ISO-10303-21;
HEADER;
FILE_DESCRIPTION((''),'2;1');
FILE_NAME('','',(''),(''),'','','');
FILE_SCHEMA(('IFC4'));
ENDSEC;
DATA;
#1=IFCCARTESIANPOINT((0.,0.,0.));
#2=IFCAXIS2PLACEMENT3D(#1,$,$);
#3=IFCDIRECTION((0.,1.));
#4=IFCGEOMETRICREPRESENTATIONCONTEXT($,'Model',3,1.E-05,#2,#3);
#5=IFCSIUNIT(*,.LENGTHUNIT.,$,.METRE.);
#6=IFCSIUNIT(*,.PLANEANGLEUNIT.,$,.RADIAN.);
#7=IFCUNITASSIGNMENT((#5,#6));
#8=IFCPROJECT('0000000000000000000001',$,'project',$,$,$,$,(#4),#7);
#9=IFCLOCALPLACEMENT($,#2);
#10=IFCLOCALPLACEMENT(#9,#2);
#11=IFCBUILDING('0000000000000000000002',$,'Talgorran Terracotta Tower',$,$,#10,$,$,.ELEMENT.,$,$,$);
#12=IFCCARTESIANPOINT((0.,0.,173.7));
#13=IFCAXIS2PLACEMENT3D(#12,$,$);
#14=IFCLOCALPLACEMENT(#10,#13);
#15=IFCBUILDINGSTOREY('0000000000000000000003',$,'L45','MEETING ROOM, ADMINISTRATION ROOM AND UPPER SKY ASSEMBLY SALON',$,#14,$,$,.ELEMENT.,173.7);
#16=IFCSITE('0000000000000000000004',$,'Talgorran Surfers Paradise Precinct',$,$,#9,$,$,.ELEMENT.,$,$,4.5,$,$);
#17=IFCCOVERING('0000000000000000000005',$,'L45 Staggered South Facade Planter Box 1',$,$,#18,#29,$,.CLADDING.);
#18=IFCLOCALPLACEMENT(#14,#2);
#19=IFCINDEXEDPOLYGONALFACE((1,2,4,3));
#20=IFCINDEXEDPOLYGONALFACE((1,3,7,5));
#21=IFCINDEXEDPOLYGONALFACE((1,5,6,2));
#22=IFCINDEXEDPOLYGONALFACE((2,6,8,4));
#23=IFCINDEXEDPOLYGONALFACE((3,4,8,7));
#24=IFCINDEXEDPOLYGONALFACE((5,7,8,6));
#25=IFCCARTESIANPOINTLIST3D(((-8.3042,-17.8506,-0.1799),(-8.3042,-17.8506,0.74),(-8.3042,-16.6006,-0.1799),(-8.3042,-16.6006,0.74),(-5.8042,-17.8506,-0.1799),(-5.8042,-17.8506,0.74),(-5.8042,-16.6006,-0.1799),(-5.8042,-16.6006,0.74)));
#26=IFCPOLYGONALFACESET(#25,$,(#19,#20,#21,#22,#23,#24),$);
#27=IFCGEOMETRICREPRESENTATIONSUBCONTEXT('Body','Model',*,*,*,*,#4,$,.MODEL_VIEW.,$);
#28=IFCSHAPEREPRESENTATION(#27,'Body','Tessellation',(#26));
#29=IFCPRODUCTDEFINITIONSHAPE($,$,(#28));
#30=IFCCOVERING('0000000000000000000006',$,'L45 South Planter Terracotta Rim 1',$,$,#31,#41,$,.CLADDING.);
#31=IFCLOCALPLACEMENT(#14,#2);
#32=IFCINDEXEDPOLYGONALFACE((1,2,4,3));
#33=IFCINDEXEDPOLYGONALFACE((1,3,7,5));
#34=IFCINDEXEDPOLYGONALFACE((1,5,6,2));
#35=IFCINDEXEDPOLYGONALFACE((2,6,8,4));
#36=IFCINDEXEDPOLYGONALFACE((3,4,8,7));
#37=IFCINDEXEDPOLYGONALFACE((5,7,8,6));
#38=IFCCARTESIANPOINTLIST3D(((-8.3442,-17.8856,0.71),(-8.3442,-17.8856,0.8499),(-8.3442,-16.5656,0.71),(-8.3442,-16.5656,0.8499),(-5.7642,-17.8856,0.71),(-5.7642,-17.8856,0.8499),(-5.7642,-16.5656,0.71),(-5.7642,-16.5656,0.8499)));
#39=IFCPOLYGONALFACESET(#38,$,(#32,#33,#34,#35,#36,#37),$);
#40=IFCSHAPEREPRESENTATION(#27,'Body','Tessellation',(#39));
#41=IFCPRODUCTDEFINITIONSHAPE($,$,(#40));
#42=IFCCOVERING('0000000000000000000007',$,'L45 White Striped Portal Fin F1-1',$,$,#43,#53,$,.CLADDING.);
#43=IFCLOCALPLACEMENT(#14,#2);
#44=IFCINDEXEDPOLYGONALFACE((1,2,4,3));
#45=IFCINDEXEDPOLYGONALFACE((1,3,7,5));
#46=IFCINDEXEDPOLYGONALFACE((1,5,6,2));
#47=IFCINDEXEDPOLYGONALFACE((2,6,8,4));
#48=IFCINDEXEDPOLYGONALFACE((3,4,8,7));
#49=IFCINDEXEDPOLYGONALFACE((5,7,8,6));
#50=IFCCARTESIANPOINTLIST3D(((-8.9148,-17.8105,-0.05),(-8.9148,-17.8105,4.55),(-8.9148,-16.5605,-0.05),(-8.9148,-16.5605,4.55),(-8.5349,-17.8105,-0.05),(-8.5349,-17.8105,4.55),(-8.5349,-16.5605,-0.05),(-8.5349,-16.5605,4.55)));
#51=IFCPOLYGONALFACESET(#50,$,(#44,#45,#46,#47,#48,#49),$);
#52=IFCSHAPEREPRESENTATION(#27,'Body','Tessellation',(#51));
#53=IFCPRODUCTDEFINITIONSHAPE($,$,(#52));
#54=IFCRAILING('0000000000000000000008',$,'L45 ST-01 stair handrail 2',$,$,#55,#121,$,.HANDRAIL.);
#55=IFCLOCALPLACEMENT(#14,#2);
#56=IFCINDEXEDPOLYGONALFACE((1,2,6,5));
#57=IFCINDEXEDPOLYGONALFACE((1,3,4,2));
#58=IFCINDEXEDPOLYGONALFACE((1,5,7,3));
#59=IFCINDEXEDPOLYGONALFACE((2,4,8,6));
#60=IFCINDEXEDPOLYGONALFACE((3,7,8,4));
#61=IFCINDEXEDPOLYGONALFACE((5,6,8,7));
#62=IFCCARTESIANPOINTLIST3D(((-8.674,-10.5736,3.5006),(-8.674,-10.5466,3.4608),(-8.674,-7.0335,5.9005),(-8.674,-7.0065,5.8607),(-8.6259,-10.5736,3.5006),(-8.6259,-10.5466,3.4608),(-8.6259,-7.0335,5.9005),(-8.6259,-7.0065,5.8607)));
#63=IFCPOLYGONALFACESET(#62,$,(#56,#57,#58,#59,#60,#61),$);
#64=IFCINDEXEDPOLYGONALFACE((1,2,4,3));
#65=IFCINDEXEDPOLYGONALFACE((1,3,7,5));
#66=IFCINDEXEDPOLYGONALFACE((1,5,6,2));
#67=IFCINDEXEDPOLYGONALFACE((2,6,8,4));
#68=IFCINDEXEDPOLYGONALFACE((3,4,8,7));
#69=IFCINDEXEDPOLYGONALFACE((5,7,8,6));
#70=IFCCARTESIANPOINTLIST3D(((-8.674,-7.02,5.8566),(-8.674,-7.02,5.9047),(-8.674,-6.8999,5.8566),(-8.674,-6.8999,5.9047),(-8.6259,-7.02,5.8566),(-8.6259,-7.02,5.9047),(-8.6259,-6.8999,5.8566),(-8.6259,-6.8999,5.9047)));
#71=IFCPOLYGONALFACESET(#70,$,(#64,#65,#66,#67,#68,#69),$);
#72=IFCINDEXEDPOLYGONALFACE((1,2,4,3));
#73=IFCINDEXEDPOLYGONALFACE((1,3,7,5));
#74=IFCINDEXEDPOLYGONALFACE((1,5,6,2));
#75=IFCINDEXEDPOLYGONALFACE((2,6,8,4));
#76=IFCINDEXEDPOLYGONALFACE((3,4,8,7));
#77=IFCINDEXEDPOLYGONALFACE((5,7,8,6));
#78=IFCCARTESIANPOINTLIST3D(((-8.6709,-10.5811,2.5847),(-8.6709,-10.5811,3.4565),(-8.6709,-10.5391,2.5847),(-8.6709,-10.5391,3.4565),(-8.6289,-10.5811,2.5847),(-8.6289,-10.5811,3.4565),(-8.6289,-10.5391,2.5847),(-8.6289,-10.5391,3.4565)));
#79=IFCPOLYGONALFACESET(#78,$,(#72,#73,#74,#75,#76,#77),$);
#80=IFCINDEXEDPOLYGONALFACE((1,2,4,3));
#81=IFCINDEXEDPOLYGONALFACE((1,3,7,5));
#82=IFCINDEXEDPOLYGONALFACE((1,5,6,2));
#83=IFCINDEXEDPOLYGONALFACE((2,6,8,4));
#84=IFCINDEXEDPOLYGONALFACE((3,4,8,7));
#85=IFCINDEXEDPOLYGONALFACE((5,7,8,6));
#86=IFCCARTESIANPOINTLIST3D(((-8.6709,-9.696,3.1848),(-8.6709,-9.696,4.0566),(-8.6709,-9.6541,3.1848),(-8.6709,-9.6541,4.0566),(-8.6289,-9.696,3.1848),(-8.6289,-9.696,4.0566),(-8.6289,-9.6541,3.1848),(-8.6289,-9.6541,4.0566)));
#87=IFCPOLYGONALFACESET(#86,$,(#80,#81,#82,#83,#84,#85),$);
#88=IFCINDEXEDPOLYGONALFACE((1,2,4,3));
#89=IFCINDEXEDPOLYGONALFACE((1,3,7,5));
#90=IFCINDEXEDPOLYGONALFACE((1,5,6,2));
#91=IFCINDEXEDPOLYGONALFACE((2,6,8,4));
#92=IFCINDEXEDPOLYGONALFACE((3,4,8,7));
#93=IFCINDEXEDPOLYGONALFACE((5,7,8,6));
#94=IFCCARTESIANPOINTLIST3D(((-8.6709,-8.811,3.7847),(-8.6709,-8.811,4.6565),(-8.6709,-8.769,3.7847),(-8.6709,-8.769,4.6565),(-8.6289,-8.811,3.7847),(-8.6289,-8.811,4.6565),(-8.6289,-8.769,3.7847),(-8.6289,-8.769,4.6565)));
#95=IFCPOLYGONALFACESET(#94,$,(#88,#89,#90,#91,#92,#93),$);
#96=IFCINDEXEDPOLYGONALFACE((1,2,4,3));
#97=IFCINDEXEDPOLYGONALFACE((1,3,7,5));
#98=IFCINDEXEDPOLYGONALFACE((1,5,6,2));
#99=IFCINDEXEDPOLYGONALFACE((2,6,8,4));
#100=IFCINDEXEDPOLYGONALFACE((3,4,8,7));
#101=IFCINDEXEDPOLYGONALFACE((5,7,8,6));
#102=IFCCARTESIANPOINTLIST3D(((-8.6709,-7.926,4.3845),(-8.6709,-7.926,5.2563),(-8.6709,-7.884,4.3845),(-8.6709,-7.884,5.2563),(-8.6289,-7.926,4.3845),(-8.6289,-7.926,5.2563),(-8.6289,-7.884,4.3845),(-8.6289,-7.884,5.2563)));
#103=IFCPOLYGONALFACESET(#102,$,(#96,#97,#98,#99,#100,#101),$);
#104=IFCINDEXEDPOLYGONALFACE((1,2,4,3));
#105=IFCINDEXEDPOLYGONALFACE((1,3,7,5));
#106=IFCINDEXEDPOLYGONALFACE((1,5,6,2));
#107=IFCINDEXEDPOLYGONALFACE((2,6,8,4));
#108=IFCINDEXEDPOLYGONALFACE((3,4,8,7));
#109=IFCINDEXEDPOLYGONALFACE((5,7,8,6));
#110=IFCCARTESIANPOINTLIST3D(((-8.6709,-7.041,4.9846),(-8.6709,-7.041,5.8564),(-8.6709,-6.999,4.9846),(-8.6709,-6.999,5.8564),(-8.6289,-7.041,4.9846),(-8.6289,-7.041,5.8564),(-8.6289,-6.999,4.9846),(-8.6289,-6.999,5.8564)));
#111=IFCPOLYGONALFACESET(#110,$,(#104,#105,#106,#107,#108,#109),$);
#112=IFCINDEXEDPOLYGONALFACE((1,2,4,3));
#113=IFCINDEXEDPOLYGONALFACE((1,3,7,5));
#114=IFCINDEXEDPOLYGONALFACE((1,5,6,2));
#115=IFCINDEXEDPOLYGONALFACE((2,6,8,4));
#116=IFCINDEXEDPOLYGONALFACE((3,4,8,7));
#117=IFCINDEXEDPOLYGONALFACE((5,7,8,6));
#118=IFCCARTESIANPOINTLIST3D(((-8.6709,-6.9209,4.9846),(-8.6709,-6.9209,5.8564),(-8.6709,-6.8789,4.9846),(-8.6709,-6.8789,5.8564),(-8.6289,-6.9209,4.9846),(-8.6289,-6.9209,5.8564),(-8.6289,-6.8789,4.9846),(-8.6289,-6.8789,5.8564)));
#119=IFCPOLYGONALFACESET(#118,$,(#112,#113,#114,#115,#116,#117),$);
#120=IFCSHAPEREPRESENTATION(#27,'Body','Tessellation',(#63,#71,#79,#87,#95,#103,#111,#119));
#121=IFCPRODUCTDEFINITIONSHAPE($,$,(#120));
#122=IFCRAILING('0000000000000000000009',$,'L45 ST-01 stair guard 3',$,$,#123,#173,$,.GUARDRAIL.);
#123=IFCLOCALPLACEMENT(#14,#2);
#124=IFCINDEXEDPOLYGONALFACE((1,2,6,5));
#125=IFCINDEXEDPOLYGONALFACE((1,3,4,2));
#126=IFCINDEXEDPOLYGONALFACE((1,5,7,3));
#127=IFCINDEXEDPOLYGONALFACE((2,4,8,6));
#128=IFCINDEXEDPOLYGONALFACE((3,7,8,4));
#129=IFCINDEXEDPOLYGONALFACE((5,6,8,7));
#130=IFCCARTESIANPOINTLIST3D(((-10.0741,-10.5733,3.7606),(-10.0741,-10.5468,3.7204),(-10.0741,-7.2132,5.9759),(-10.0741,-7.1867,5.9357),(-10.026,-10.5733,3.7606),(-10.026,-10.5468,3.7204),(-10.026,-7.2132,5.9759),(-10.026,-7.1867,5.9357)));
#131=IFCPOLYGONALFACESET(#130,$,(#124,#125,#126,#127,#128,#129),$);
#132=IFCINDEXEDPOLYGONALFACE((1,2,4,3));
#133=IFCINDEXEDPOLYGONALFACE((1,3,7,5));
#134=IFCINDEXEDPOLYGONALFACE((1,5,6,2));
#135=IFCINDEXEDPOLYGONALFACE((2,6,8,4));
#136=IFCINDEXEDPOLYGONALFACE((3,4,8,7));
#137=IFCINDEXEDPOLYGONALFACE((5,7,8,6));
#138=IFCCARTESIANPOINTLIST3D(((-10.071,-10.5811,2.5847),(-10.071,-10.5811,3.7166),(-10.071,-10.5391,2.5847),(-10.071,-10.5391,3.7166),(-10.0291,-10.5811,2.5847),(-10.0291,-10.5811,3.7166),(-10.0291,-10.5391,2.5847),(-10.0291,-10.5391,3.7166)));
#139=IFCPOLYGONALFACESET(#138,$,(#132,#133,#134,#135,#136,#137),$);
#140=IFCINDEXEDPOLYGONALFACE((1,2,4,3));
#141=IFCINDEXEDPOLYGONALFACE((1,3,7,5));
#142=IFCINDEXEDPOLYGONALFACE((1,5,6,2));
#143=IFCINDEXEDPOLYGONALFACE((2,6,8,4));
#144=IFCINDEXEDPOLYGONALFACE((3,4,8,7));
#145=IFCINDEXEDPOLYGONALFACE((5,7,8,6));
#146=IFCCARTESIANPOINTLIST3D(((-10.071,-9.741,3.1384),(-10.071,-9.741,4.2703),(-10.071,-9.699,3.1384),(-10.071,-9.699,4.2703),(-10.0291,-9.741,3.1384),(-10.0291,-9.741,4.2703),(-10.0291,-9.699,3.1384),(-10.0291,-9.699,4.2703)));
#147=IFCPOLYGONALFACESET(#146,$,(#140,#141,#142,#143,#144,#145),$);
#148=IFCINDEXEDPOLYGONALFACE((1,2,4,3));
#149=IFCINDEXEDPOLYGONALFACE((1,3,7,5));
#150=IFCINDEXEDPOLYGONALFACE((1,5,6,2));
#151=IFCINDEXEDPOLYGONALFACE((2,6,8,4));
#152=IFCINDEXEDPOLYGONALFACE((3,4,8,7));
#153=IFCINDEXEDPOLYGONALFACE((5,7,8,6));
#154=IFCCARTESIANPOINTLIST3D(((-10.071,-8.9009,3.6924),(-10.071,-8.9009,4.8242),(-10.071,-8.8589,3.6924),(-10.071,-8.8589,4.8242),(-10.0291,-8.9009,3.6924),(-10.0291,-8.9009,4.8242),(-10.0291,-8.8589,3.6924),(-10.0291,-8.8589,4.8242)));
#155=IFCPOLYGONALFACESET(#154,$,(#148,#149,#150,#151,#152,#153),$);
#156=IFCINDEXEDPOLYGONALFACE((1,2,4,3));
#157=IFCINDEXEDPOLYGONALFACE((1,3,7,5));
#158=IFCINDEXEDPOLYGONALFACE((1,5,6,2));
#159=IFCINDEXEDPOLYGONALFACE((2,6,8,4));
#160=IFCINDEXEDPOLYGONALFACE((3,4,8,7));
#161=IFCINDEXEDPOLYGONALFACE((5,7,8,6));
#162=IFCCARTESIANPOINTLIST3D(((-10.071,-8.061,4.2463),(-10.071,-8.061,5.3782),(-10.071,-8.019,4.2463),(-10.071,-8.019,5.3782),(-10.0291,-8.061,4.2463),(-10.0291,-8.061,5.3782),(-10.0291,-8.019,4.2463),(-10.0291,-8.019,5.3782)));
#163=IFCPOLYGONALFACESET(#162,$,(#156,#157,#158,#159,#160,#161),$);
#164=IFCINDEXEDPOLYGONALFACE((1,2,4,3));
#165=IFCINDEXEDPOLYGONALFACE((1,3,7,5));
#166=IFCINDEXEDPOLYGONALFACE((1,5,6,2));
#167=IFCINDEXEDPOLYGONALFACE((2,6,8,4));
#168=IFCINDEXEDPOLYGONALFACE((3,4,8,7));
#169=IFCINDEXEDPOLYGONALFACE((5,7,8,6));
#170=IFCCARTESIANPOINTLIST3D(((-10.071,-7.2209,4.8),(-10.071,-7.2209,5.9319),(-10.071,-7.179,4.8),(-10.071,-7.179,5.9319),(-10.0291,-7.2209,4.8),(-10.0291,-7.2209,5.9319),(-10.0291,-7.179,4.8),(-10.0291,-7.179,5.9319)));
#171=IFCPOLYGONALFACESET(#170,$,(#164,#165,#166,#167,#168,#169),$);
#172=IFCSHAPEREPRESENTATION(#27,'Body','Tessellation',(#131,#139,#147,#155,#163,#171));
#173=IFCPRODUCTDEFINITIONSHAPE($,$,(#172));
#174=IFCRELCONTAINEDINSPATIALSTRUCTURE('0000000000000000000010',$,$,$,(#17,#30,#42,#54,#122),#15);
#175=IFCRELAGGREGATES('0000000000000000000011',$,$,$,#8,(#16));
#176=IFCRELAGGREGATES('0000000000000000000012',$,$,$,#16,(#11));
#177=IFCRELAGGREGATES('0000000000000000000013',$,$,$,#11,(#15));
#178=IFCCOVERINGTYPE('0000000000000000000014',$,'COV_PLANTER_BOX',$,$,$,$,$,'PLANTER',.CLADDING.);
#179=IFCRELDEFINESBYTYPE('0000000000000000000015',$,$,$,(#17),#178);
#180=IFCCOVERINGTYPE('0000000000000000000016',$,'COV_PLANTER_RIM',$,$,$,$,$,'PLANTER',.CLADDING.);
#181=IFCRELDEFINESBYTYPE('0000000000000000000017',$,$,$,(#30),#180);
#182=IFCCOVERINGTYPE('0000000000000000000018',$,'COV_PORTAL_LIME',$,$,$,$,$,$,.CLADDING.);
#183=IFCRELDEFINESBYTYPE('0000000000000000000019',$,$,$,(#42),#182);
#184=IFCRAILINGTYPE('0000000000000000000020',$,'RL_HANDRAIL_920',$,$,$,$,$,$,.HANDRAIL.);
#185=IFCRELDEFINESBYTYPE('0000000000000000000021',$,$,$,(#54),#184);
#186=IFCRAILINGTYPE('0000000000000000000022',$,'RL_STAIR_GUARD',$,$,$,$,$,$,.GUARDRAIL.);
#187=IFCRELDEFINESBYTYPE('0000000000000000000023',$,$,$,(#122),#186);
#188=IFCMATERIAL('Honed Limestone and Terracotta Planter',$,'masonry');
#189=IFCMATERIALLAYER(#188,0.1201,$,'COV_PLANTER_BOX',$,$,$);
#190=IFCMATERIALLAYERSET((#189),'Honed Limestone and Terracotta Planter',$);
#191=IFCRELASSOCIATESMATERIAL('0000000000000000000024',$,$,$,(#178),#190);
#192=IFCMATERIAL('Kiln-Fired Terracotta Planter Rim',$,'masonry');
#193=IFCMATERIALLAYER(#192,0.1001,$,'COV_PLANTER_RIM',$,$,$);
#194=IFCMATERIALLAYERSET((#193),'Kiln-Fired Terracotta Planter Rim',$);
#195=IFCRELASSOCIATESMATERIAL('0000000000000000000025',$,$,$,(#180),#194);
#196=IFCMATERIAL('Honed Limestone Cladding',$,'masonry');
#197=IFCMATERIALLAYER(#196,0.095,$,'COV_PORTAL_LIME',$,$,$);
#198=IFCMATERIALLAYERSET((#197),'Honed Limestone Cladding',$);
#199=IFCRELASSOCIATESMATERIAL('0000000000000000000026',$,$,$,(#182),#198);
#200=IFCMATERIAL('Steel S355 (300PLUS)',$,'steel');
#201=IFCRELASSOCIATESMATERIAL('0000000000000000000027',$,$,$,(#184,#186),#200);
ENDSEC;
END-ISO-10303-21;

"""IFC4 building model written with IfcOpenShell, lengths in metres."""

from ifc_helpers import new_model, si_unit, direction, frame, origin, origin_2d, place, context, subcontext, project, spatial, rectangle, extrude, material, layer, layer_set, type_object, element, save


model = new_model("IFC4")

# Units and contexts
model_context = context("Model", 3, precision=1e-05, world=origin(), true_north=direction((0.0, 1.0)))
body_context = subcontext(model_context, "Body", "Model", "MODEL_VIEW")
ifc_project = project(units=[si_unit("LENGTHUNIT", "METRE"), si_unit("PLANEANGLEUNIT", "RADIAN")], contexts=[model_context])

# Site, building, storey
site_placement = place(None, origin())
site = spatial("IfcSite", under=ifc_project, at=site_placement, Name="Talgorran Surfers Paradise Precinct", CompositionType="ELEMENT", RefElevation=4.5)
building_placement = place(site_placement, origin())
building = spatial("IfcBuilding", under=site, at=building_placement, Name="Talgorran Terracotta Tower", CompositionType="ELEMENT")
storey_placement = place(building_placement, frame((0.0, 0.0, 173.7)))
storey = spatial("IfcBuildingStorey", under=building, at=storey_placement, Name="L45", Description="MEETING ROOM, ADMINISTRATION ROOM AND UPPER SKY ASSEMBLY SALON", CompositionType="ELEMENT", Elevation=173.7)

# Shared definitions
ifc_material_1 = material(Name="Steel S355 (300PLUS)", Category="steel")

# Coverings
ifc_material_2 = material(Name="Honed Limestone and Terracotta Planter", Category="masonry")
ifc_layer_1 = layer(ifc_material_2, 0.1201, Name="COV_PLANTER_BOX")
ifc_layer_set_1 = layer_set([ifc_layer_1], Name="Honed Limestone and Terracotta Planter")
covering_type_1 = type_object("IfcCoveringType", Name="COV_PLANTER_BOX", ElementType="PLANTER", PredefinedType="CLADDING", material=ifc_layer_set_1)
covering_1_placement = place(storey_placement, frame((-7.0542, -17.2256, -0.1799), z_axis=(0.0, 0.0, 1.0), x_axis=(1.0, 0.0, 0.0)))
element("IfcCovering", 1, at=covering_1_placement, inside=storey, type_object=covering_type_1, Name="L45 Staggered South Facade Planter Box 1", PredefinedType="CLADDING", context=body_context, shape_type="SweptSolid", body=[
    extrude(rectangle(XDim=2.5, YDim=1.25, at=origin_2d()), origin(), (0.0, 0.0, 1.0), 0.9199),
])
ifc_material_3 = material(Name="Kiln-Fired Terracotta Planter Rim", Category="masonry")
ifc_layer_2 = layer(ifc_material_3, 0.1001, Name="COV_PLANTER_RIM")
ifc_layer_set_2 = layer_set([ifc_layer_2], Name="Kiln-Fired Terracotta Planter Rim")
covering_type_2 = type_object("IfcCoveringType", Name="COV_PLANTER_RIM", ElementType="PLANTER", PredefinedType="CLADDING", material=ifc_layer_set_2)
covering_2_placement = place(storey_placement, frame((-7.0542, -17.2256, 0.71), z_axis=(0.0, 0.0, 1.0), x_axis=(1.0, 0.0, 0.0)))
element("IfcCovering", 2, at=covering_2_placement, inside=storey, type_object=covering_type_2, Name="L45 South Planter Terracotta Rim 1", PredefinedType="CLADDING", context=body_context, shape_type="SweptSolid", body=[
    extrude(rectangle(XDim=2.5801, YDim=1.3201, at=origin_2d()), origin(), (0.0, 0.0, 1.0), 0.1399),
])
ifc_material_4 = material(Name="Honed Limestone Cladding", Category="masonry")
ifc_layer_3 = layer(ifc_material_4, 0.095, Name="COV_PORTAL_LIME")
ifc_layer_set_3 = layer_set([ifc_layer_3], Name="Honed Limestone Cladding")
covering_type_3 = type_object("IfcCoveringType", Name="COV_PORTAL_LIME", PredefinedType="CLADDING", material=ifc_layer_set_3)
covering_3_placement = place(storey_placement, frame((-8.7249, -17.1855, -0.05), z_axis=(0.0, 0.0, 1.0), x_axis=(1.0, 0.0, 0.0)))
element("IfcCovering", 3, at=covering_3_placement, inside=storey, type_object=covering_type_3, Name="L45 White Striped Portal Fin F1-1", PredefinedType="CLADDING", context=body_context, shape_type="SweptSolid", body=[
    extrude(rectangle(XDim=0.3799, YDim=1.25, at=origin_2d()), origin(), (0.0, 0.0, 1.0), 4.6001),
])

# Railings
railing_type_1 = type_object("IfcRailingType", Name="RL_HANDRAIL_920", PredefinedType="HANDRAIL", material=ifc_material_1)
railing_1_placement = place(storey_placement, frame((-8.6499, -10.5601, 2.5847)))
element("IfcRailing", 4, at=railing_1_placement, inside=storey, type_object=railing_type_1, Name="L45 ST-01 stair handrail 2", PredefinedType="HANDRAIL", context=body_context, shape_type="SweptSolid", body=[
    extrude(rectangle(XDim=0.0481, YDim=0.0481, at=origin_2d()), frame((0.0, 0.0, 0.896), z_axis=(0.0, 0.827722, 0.561138), x_axis=(-1.0, 0.0, 0.0)), (0.0, 0.0, 1.0), 4.2769),
    extrude(rectangle(XDim=0.0481, YDim=0.0481, at=origin_2d()), frame((0.0, 3.54, 3.2959), z_axis=(0.0, 1.0, 0.0), x_axis=(-1.0, 0.0, 0.0)), (0.0, 0.0, 1.0), 0.1201),
    extrude(rectangle(XDim=0.042, YDim=0.042, at=origin_2d()), origin(), (0.0, 0.0, 1.0), 0.8718),
    extrude(rectangle(XDim=0.042, YDim=0.042, at=origin_2d()), frame((0.0, 0.885, 0.6001)), (0.0, 0.0, 1.0), 0.8718),
    extrude(rectangle(XDim=0.042, YDim=0.042, at=origin_2d()), frame((0.0, 1.77, 1.2)), (0.0, 0.0, 1.0), 0.8718),
    extrude(rectangle(XDim=0.042, YDim=0.042, at=origin_2d()), frame((0.0, 2.655, 1.7998)), (0.0, 0.0, 1.0), 0.8718),
    extrude(rectangle(XDim=0.042, YDim=0.042, at=origin_2d()), frame((0.0, 3.54, 2.3999)), (0.0, 0.0, 1.0), 0.8718),
    extrude(rectangle(XDim=0.042, YDim=0.042, at=origin_2d()), frame((0.0, 3.6602, 2.3999)), (0.0, 0.0, 1.0), 0.8718),
])
railing_type_2 = type_object("IfcRailingType", Name="RL_STAIR_GUARD", PredefinedType="GUARDRAIL", material=ifc_material_1)
railing_2_placement = place(storey_placement, frame((-10.05, -10.5601, 2.5847)))
element("IfcRailing", 5, at=railing_2_placement, inside=storey, type_object=railing_type_2, Name="L45 ST-01 stair guard 3", PredefinedType="GUARDRAIL", context=body_context, shape_type="SweptSolid", body=[
    extrude(rectangle(XDim=0.0481, YDim=0.0481, at=origin_2d()), frame((0.0, 0.0, 1.1558), z_axis=(0.0, 0.834876, 0.550437), x_axis=(-1.0, 0.0, 0.0)), (0.0, 0.0, 1.0), 4.0247),
    extrude(rectangle(XDim=0.042, YDim=0.042, at=origin_2d()), origin(), (0.0, 0.0, 1.0), 1.1318),
    extrude(rectangle(XDim=0.042, YDim=0.042, at=origin_2d()), frame((0.0, 0.8401, 0.5537)), (0.0, 0.0, 1.0), 1.1318),
    extrude(rectangle(XDim=0.042, YDim=0.042, at=origin_2d()), frame((0.0, 1.6802, 1.1077)), (0.0, 0.0, 1.0), 1.1318),
    extrude(rectangle(XDim=0.042, YDim=0.042, at=origin_2d()), frame((0.0, 2.52, 1.6616)), (0.0, 0.0, 1.0), 1.1318),
    extrude(rectangle(XDim=0.042, YDim=0.042, at=origin_2d()), frame((0.0, 3.3601, 2.2153)), (0.0, 0.0, 1.0), 1.1318),
])

save(model, "model.ifc")
